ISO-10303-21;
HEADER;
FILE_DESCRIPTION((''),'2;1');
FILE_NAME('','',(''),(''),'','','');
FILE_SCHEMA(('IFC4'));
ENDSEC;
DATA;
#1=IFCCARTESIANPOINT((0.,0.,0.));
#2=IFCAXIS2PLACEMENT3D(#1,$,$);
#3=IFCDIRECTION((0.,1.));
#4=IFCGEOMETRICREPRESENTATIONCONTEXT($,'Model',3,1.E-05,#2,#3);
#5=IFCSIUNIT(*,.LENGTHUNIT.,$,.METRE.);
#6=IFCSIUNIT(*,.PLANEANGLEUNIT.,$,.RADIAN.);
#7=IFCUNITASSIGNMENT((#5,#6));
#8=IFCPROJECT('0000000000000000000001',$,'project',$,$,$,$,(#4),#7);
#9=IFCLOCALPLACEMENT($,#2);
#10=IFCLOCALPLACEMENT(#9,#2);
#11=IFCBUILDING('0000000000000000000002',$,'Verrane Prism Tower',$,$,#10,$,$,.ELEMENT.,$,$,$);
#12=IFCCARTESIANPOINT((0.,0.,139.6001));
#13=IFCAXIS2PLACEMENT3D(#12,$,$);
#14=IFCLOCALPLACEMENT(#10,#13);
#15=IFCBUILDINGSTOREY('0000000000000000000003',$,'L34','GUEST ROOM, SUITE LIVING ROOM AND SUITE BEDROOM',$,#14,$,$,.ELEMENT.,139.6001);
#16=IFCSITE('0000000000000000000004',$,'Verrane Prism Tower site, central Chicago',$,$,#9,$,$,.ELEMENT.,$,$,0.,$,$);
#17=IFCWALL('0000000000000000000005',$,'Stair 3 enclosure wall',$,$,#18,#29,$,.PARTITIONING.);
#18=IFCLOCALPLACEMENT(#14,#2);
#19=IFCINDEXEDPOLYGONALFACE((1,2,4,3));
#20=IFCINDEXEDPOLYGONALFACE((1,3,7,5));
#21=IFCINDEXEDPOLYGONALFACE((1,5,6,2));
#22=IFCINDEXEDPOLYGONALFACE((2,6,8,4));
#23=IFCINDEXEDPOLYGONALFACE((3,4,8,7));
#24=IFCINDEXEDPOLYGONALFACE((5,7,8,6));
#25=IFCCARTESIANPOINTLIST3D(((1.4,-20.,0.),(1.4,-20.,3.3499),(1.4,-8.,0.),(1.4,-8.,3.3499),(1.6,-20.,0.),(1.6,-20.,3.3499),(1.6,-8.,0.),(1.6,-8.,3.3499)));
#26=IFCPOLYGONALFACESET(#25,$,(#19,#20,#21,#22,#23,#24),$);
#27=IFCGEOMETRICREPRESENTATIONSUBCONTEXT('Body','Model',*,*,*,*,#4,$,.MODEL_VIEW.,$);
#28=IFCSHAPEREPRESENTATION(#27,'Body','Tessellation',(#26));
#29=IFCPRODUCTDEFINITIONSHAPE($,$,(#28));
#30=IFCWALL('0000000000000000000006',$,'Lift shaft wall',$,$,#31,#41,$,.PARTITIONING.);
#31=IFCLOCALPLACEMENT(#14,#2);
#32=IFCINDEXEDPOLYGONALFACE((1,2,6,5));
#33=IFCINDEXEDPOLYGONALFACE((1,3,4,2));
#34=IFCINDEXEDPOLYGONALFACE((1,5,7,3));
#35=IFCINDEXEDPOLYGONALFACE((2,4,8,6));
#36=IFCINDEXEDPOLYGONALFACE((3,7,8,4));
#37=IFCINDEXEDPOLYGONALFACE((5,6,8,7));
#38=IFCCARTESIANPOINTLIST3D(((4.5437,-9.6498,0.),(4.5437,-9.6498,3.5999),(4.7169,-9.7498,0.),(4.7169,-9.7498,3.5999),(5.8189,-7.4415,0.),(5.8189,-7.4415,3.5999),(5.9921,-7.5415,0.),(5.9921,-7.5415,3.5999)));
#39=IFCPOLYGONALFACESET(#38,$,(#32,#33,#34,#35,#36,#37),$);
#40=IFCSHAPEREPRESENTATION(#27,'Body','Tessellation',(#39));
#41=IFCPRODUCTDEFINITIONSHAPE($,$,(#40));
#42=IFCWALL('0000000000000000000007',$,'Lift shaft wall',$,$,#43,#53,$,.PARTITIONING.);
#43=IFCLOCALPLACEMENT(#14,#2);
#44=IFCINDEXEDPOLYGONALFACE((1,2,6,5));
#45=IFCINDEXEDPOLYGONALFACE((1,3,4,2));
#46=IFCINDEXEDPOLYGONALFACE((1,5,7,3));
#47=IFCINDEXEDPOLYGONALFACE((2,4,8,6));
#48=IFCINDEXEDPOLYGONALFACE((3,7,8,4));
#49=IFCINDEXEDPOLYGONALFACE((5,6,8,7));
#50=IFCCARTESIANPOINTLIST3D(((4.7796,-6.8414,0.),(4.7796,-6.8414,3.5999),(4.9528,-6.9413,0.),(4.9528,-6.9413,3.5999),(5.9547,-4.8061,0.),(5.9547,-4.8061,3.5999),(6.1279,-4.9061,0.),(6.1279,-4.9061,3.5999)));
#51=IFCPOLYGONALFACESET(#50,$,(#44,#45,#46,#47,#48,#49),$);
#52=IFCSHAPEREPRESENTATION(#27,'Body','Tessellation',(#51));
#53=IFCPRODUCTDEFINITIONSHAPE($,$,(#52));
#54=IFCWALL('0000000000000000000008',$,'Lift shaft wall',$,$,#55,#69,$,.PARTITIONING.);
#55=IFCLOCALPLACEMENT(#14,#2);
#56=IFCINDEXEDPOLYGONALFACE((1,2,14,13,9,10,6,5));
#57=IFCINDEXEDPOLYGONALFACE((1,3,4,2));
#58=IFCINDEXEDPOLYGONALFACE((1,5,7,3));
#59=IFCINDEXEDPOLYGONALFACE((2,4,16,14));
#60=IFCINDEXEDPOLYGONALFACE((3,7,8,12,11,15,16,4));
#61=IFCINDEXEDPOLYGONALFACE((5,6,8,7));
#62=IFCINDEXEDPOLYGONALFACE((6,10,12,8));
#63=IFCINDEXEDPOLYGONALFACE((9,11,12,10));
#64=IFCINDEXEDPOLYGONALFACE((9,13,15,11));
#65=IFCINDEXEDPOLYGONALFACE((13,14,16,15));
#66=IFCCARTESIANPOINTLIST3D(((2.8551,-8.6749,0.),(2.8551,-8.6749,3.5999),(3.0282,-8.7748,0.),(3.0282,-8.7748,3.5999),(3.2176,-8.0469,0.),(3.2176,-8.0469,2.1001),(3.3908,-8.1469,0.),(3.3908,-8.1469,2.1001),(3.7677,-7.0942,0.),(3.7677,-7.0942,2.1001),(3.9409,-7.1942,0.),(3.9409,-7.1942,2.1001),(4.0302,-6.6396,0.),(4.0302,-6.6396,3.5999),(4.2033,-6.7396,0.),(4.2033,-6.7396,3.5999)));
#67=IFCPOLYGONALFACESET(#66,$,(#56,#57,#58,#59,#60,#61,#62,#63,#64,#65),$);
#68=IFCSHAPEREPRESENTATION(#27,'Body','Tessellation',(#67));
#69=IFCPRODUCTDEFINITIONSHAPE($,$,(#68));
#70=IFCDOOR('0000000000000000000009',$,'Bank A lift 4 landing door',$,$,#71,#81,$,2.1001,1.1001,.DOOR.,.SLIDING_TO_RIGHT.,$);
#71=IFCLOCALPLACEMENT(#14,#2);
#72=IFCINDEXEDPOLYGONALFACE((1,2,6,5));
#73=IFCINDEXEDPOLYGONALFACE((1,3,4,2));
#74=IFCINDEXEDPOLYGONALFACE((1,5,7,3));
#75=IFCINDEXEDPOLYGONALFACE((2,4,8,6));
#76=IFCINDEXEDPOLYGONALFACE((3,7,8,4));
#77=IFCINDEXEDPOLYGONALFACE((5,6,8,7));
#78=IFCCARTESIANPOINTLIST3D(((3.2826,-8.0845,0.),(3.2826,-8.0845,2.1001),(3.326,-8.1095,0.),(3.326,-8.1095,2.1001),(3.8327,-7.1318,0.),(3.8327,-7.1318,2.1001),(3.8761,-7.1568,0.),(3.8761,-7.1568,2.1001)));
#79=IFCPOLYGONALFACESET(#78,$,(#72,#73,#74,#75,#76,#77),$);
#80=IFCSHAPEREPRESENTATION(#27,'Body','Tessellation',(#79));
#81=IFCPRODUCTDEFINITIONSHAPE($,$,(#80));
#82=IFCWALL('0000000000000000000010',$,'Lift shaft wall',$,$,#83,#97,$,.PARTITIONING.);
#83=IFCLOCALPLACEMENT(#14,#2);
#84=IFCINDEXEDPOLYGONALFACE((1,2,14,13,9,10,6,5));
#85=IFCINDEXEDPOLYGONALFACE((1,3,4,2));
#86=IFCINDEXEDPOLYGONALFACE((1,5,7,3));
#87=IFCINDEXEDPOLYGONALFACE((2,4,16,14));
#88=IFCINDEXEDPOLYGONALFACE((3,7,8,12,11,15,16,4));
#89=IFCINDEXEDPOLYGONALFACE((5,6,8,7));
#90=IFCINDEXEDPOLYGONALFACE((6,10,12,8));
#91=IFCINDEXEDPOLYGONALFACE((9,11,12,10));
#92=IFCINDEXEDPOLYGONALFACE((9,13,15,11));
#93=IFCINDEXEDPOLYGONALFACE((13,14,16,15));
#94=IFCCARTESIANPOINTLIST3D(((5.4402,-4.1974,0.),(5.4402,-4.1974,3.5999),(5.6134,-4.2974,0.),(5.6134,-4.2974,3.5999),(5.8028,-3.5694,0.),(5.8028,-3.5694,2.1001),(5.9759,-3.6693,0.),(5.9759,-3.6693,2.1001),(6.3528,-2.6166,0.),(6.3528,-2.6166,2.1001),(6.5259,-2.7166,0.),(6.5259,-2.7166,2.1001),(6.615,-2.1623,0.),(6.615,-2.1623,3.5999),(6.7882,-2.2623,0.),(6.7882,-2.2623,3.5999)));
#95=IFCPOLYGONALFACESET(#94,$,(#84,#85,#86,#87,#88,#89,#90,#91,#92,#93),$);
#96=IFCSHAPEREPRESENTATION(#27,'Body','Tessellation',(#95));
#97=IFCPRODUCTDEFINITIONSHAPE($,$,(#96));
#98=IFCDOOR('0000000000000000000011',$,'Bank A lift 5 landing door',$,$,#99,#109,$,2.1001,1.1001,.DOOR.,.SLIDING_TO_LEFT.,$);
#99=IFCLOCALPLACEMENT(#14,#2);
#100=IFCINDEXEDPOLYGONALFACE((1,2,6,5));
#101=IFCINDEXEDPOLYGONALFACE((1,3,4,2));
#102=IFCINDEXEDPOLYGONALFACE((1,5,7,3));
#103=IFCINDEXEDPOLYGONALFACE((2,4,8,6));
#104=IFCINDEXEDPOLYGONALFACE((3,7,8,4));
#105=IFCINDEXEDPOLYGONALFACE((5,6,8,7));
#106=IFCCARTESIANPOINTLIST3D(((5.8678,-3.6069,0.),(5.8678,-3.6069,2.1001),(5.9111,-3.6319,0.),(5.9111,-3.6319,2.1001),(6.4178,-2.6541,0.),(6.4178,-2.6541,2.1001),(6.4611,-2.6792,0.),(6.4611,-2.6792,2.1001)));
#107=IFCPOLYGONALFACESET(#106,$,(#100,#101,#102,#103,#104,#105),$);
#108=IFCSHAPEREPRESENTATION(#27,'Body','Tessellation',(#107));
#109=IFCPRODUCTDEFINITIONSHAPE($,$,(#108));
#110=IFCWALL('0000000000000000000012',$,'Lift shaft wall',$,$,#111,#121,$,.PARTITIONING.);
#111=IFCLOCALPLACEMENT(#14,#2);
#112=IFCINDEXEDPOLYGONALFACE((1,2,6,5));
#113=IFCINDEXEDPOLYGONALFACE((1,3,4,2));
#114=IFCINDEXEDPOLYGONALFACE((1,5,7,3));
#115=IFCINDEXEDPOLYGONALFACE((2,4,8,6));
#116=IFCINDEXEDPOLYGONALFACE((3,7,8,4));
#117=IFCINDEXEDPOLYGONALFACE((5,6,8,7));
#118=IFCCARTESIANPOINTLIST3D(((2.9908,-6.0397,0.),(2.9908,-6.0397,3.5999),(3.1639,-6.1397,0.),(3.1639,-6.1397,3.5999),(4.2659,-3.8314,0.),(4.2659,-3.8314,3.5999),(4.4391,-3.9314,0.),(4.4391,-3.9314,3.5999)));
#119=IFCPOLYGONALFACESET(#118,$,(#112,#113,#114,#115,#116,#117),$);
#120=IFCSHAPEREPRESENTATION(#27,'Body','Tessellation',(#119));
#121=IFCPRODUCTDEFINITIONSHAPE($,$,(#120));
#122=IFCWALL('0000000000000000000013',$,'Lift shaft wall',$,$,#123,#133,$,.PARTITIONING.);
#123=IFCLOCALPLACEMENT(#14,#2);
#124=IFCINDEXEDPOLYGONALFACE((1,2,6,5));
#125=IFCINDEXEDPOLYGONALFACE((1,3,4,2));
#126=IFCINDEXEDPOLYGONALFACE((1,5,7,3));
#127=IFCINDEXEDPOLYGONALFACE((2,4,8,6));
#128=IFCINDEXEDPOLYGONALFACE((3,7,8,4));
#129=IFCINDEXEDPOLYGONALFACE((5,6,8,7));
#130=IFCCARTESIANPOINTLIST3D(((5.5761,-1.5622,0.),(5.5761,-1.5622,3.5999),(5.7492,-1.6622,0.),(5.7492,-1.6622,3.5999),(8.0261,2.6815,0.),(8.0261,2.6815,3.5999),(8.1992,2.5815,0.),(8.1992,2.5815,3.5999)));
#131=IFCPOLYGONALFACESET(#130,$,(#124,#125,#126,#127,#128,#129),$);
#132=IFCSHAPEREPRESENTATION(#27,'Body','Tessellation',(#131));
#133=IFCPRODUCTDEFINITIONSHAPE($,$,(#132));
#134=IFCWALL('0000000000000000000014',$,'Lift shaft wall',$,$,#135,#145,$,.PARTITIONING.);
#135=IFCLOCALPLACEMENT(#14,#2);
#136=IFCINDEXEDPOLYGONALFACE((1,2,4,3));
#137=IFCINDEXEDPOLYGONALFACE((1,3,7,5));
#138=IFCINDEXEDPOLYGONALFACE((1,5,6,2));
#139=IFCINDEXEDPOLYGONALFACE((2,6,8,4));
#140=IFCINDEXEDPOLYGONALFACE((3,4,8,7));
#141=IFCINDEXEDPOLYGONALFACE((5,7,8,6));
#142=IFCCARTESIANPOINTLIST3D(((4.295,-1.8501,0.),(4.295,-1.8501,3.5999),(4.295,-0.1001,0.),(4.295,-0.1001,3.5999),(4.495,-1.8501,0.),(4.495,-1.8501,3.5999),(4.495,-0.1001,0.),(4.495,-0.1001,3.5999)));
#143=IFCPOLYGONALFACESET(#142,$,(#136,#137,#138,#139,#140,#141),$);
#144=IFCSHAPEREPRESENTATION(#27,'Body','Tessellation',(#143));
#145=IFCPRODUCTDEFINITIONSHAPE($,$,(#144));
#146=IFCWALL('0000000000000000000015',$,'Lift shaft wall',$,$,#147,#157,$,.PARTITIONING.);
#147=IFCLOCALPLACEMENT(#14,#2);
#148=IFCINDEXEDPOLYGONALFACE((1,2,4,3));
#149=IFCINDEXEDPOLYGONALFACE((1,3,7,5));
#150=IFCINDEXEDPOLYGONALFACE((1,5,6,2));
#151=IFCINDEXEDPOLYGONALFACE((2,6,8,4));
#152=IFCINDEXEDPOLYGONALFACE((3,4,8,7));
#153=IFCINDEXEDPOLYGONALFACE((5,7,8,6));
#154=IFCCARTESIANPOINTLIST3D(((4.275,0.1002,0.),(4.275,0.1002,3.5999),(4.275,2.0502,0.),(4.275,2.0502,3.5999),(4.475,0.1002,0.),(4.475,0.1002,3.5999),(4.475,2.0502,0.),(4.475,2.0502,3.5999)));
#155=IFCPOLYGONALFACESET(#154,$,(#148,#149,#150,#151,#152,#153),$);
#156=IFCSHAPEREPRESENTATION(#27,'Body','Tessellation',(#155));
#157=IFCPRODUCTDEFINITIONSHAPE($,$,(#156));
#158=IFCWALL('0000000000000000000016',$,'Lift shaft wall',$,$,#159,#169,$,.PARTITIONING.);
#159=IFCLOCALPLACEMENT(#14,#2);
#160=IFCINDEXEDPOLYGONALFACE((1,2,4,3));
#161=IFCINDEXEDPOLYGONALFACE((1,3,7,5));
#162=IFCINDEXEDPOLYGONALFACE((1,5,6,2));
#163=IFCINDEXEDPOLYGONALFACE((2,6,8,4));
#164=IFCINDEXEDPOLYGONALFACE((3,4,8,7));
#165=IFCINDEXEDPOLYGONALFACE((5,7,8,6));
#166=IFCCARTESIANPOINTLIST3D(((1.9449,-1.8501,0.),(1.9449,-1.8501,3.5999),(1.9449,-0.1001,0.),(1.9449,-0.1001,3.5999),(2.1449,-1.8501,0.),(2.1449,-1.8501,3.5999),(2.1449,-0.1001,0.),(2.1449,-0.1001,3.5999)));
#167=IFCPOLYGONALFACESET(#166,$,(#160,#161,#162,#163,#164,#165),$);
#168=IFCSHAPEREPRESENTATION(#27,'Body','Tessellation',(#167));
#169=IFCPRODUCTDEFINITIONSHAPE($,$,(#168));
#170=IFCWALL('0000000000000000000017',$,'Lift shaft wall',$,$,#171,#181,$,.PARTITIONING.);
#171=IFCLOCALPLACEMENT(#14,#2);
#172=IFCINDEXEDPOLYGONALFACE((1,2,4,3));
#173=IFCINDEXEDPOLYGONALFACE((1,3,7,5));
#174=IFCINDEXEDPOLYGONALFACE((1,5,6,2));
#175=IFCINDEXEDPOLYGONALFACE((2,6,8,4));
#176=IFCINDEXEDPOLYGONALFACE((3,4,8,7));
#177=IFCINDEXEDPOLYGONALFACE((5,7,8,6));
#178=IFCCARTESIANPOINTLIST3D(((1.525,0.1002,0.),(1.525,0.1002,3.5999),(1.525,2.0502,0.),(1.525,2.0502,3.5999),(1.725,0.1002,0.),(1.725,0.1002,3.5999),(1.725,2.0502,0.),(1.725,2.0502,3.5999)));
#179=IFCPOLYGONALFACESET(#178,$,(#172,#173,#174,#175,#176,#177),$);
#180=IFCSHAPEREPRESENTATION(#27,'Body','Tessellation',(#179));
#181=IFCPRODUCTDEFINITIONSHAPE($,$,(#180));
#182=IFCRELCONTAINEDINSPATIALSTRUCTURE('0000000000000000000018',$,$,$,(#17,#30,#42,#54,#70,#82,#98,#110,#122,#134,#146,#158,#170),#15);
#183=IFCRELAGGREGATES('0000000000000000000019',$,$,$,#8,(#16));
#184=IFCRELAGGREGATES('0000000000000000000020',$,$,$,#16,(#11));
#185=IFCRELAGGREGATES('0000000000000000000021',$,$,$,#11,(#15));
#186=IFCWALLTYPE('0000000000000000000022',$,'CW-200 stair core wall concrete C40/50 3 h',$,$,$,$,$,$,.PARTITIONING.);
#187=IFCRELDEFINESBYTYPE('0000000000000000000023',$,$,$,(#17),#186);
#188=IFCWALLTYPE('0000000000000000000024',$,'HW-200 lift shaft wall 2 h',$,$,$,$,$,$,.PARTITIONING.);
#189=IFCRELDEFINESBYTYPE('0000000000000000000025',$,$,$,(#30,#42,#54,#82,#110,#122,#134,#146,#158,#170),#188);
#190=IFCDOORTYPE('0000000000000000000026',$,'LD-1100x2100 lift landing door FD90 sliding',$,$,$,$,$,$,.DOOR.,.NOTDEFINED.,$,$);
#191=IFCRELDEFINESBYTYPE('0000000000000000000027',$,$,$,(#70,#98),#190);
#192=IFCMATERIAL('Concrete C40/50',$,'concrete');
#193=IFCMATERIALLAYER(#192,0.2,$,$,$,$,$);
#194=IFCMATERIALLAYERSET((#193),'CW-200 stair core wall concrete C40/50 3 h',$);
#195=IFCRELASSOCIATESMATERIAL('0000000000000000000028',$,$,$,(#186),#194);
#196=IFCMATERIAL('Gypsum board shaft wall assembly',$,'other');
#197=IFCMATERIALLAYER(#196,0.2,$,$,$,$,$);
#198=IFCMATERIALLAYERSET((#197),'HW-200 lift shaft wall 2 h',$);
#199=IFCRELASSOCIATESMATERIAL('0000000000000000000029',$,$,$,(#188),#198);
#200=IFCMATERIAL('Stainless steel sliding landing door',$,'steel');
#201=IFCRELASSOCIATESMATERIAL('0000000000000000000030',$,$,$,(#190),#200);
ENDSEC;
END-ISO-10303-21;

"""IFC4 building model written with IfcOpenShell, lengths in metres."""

from ifc_helpers import new_model, si_unit, direction, frame, frame_2d, origin, place, context, subcontext, project, spatial, rectangle, extrude, material, layer, layer_set, type_object, element, fill, save


model = new_model("IFC4")

# Units and contexts
model_context = context("Model", 3, precision=1e-05, world=origin(), true_north=direction((0.0, 1.0)))
body_context = subcontext(model_context, "Body", "Model", "MODEL_VIEW")
ifc_project = project(units=[si_unit("LENGTHUNIT", "METRE"), si_unit("PLANEANGLEUNIT", "RADIAN")], contexts=[model_context])

# Site, building, storey
site_placement = place(None, origin())
site = spatial("IfcSite", under=ifc_project, at=site_placement, Name="Verrane Prism Tower site, central Chicago", CompositionType="ELEMENT", RefElevation=0.0)
building_placement = place(site_placement, origin())
building = spatial("IfcBuilding", under=site, at=building_placement, Name="Verrane Prism Tower", CompositionType="ELEMENT")
storey_placement = place(building_placement, frame((0.0, 0.0, 139.6001)))
storey = spatial("IfcBuildingStorey", under=building, at=storey_placement, Name="L34", Description="GUEST ROOM, SUITE LIVING ROOM AND SUITE BEDROOM", CompositionType="ELEMENT", Elevation=139.6001)

# Walls
ifc_material_1 = material(Name="Concrete C40/50", Category="concrete")
ifc_layer_1 = layer(ifc_material_1, 0.2)
ifc_layer_set_1 = layer_set([ifc_layer_1], Name="CW-200 stair core wall concrete C40/50 3 h")
wall_type_1 = type_object("IfcWallType", Name="CW-200 stair core wall concrete C40/50 3 h", PredefinedType="PARTITIONING", material=ifc_layer_set_1)
wall_1_placement = place(storey_placement, frame((1.5, -8.0, 0.0), z_axis=(0.0, 0.0, 1.0), x_axis=(0.0, -1.0, 0.0)))
element("IfcWall", 1, at=wall_1_placement, inside=storey, type_object=wall_type_1, Name="Stair 3 enclosure wall", PredefinedType="PARTITIONING", context=body_context, shape_type="SweptSolid", body=[
    extrude(rectangle(XDim=12.0, YDim=0.2, at=frame_2d((6.0, 0.0))), origin(), (0.0, 0.0, 1.0), 3.3499),
])
ifc_material_2 = material(Name="Gypsum board shaft wall assembly", Category="other")
ifc_layer_2 = layer(ifc_material_2, 0.2)
ifc_layer_set_2 = layer_set([ifc_layer_2], Name="HW-200 lift shaft wall 2 h")
wall_type_2 = type_object("IfcWallType", Name="HW-200 lift shaft wall 2 h", PredefinedType="PARTITIONING", material=ifc_layer_set_2)
wall_2_placement = place(storey_placement, frame((4.6304, -9.6997, 0.0), z_axis=(0.0, 0.0, 1.0), x_axis=(0.500062, 0.865989, 0.0)))
element("IfcWall", 2, at=wall_2_placement, inside=storey, type_object=wall_type_2, Name="Lift shaft wall", PredefinedType="PARTITIONING", context=body_context, shape_type="SweptSolid", body=[
    extrude(rectangle(XDim=2.55, YDim=0.2, at=frame_2d((1.2749, 0.0))), origin(), (0.0, 0.0, 1.0), 3.5999),
])
wall_3_placement = place(storey_placement, frame((4.8662, -6.8914, 0.0), z_axis=(0.0, 0.0, 1.0), x_axis=(0.500016, 0.866016, 0.0)))
element("IfcWall", 3, at=wall_3_placement, inside=storey, type_object=wall_type_2, Name="Lift shaft wall", PredefinedType="PARTITIONING", context=body_context, shape_type="SweptSolid", body=[
    extrude(rectangle(XDim=2.3501, YDim=0.2, at=frame_2d((1.175, 0.0))), origin(), (0.0, 0.0, 1.0), 3.5999),
])

# Walls, openings, doors
wall_4_placement = place(storey_placement, frame((2.9417, -8.7249, 0.0), z_axis=(0.0, 0.0, 1.0), x_axis=(0.500016, 0.866016, 0.0)))
wall_4 = element("IfcWall", 4, at=wall_4_placement, inside=storey, type_object=wall_type_2, Name="Lift shaft wall", PredefinedType="PARTITIONING", context=body_context, shape_type="SweptSolid", body=[
    extrude(rectangle(XDim=2.3501, YDim=0.2, at=frame_2d((1.175, 0.0))), origin(), (0.0, 0.0, 1.0), 3.5999),
])
opening_1_placement = place(wall_4_placement, frame((0.7251, 0.0, 0.0)))
opening_1 = element("IfcOpeningElement", 5, at=opening_1_placement, cuts=wall_4, PredefinedType="OPENING", context=body_context, shape_type="SweptSolid", body=[
    extrude(rectangle(XDim=1.1001, YDim=2.1001, at=frame_2d((0.55, 1.05))), frame((0.0, 0.1099, 0.0), z_axis=(0.0, -1.0, 0.0), x_axis=(1.0, 0.0, 0.0)), (0.0, 0.0, 1.0), 0.22),
])
ifc_material_3 = material(Name="Stainless steel sliding landing door", Category="steel")
door_type = type_object("IfcDoorType", Name="LD-1100x2100 lift landing door FD90 sliding", OperationType="NOTDEFINED", PredefinedType="DOOR", material=ifc_material_3)
door_1_placement = place(opening_1_placement, origin())
door_1 = element("IfcDoor", 6, at=door_1_placement, inside=storey, type_object=door_type, Name="Bank A lift 4 landing door", OperationType="SLIDING_TO_RIGHT", OverallHeight=2.1001, OverallWidth=1.1001, PredefinedType="DOOR", context=body_context, shape_type="SweptSolid", body=[
    extrude(rectangle(XDim=1.1001, YDim=2.1001, at=frame_2d((0.55, 1.05))), frame((0.0, 0.0249, 0.0), z_axis=(0.0, -1.0, 0.0), x_axis=(1.0, 0.0, 0.0)), (0.0, 0.0, 1.0), 0.05),
])
fill(opening_1, door_1)
wall_5_placement = place(storey_placement, frame((5.5269, -4.2473, 0.0), z_axis=(0.0, 0.0, 1.0), x_axis=(0.499938, 0.866061, 0.0)))
wall_5 = element("IfcWall", 7, at=wall_5_placement, inside=storey, type_object=wall_type_2, Name="Lift shaft wall", PredefinedType="PARTITIONING", context=body_context, shape_type="SweptSolid", body=[
    extrude(rectangle(XDim=2.3499, YDim=0.2, at=frame_2d((1.1748, 0.0))), origin(), (0.0, 0.0, 1.0), 3.5999),
])
opening_2_placement = place(wall_5_placement, frame((0.7251, 0.0, 0.0)))
opening_2 = element("IfcOpeningElement", 8, at=opening_2_placement, cuts=wall_5, PredefinedType="OPENING", context=body_context, shape_type="SweptSolid", body=[
    extrude(rectangle(XDim=1.1001, YDim=2.1001, at=frame_2d((0.55, 1.05))), frame((0.0, 0.1099, 0.0), z_axis=(0.0, -1.0, 0.0), x_axis=(1.0, 0.0, 0.0)), (0.0, 0.0, 1.0), 0.22),
])
door_2_placement = place(opening_2_placement, origin())
door_2 = element("IfcDoor", 9, at=door_2_placement, inside=storey, type_object=door_type, Name="Bank A lift 5 landing door", OperationType="SLIDING_TO_LEFT", OverallHeight=2.1001, OverallWidth=1.1001, PredefinedType="DOOR", context=body_context, shape_type="SweptSolid", body=[
    extrude(rectangle(XDim=1.1001, YDim=2.1001, at=frame_2d((0.55, 1.05))), frame((0.0, 0.0249, 0.0), z_axis=(0.0, -1.0, 0.0), x_axis=(1.0, 0.0, 0.0)), (0.0, 0.0, 1.0), 0.05),
])
fill(opening_2, door_2)

# Walls
wall_6_placement = place(storey_placement, frame((3.0774, -6.0896, 0.0), z_axis=(0.0, 0.0, 1.0), x_axis=(0.500062, 0.865989, 0.0)))
element("IfcWall", 10, at=wall_6_placement, inside=storey, type_object=wall_type_2, Name="Lift shaft wall", PredefinedType="PARTITIONING", context=body_context, shape_type="SweptSolid", body=[
    extrude(rectangle(XDim=2.55, YDim=0.2, at=frame_2d((1.2749, 0.0))), origin(), (0.0, 0.0, 1.0), 3.5999),
])
wall_7_placement = place(storey_placement, frame((5.6626, -1.6123, 0.0), z_axis=(0.0, 0.0, 1.0), x_axis=(0.499981, 0.866036, 0.0)))
element("IfcWall", 11, at=wall_7_placement, inside=storey, type_object=wall_type_2, Name="Lift shaft wall", PredefinedType="PARTITIONING", context=body_context, shape_type="SweptSolid", body=[
    extrude(rectangle(XDim=4.9001, YDim=0.2, at=frame_2d((2.4502, 0.0))), origin(), (0.0, 0.0, 1.0), 3.5999),
])
wall_8_placement = place(storey_placement, frame((4.395, -1.8501, 0.0), z_axis=(0.0, 0.0, 1.0), x_axis=(0.0, 1.0, 0.0)))
element("IfcWall", 12, at=wall_8_placement, inside=storey, type_object=wall_type_2, Name="Lift shaft wall", PredefinedType="PARTITIONING", context=body_context, shape_type="SweptSolid", body=[
    extrude(rectangle(XDim=1.75, YDim=0.2, at=frame_2d((0.875, 0.0))), origin(), (0.0, 0.0, 1.0), 3.5999),
])
wall_9_placement = place(storey_placement, frame((4.375, 0.1001, 0.0), z_axis=(0.0, 0.0, 1.0), x_axis=(0.0, 1.0, 0.0)))
element("IfcWall", 13, at=wall_9_placement, inside=storey, type_object=wall_type_2, Name="Lift shaft wall", PredefinedType="PARTITIONING", context=body_context, shape_type="SweptSolid", body=[
    extrude(rectangle(XDim=1.95, YDim=0.2, at=frame_2d((0.9751, 0.0))), origin(), (0.0, 0.0, 1.0), 3.5999),
])
wall_10_placement = place(storey_placement, frame((2.0449, -1.8501, 0.0), z_axis=(0.0, 0.0, 1.0), x_axis=(0.0, 1.0, 0.0)))
element("IfcWall", 14, at=wall_10_placement, inside=storey, type_object=wall_type_2, Name="Lift shaft wall", PredefinedType="PARTITIONING", context=body_context, shape_type="SweptSolid", body=[
    extrude(rectangle(XDim=1.75, YDim=0.2, at=frame_2d((0.875, 0.0))), origin(), (0.0, 0.0, 1.0), 3.5999),
])
for number, where, z_axis, x_axis, name in (
    (15, (1.625, 0.1001, 0.0), (0.0, 0.0, 1.0), (0.0, 1.0, 0.0), "Lift shaft wall"),
):
    element("IfcWall", number, at=place(storey_placement, frame(where, z_axis=z_axis, x_axis=x_axis)), inside=storey, type_object=wall_type_2, Name=name, PredefinedType="PARTITIONING", context=body_context, shape_type="SweptSolid", body=[
        extrude(rectangle(XDim=1.95, YDim=0.2, at=frame_2d((0.9751, 0.0))), origin(), (0.0, 0.0, 1.0), 3.5999),
    ])

save(model, "model.ifc")
